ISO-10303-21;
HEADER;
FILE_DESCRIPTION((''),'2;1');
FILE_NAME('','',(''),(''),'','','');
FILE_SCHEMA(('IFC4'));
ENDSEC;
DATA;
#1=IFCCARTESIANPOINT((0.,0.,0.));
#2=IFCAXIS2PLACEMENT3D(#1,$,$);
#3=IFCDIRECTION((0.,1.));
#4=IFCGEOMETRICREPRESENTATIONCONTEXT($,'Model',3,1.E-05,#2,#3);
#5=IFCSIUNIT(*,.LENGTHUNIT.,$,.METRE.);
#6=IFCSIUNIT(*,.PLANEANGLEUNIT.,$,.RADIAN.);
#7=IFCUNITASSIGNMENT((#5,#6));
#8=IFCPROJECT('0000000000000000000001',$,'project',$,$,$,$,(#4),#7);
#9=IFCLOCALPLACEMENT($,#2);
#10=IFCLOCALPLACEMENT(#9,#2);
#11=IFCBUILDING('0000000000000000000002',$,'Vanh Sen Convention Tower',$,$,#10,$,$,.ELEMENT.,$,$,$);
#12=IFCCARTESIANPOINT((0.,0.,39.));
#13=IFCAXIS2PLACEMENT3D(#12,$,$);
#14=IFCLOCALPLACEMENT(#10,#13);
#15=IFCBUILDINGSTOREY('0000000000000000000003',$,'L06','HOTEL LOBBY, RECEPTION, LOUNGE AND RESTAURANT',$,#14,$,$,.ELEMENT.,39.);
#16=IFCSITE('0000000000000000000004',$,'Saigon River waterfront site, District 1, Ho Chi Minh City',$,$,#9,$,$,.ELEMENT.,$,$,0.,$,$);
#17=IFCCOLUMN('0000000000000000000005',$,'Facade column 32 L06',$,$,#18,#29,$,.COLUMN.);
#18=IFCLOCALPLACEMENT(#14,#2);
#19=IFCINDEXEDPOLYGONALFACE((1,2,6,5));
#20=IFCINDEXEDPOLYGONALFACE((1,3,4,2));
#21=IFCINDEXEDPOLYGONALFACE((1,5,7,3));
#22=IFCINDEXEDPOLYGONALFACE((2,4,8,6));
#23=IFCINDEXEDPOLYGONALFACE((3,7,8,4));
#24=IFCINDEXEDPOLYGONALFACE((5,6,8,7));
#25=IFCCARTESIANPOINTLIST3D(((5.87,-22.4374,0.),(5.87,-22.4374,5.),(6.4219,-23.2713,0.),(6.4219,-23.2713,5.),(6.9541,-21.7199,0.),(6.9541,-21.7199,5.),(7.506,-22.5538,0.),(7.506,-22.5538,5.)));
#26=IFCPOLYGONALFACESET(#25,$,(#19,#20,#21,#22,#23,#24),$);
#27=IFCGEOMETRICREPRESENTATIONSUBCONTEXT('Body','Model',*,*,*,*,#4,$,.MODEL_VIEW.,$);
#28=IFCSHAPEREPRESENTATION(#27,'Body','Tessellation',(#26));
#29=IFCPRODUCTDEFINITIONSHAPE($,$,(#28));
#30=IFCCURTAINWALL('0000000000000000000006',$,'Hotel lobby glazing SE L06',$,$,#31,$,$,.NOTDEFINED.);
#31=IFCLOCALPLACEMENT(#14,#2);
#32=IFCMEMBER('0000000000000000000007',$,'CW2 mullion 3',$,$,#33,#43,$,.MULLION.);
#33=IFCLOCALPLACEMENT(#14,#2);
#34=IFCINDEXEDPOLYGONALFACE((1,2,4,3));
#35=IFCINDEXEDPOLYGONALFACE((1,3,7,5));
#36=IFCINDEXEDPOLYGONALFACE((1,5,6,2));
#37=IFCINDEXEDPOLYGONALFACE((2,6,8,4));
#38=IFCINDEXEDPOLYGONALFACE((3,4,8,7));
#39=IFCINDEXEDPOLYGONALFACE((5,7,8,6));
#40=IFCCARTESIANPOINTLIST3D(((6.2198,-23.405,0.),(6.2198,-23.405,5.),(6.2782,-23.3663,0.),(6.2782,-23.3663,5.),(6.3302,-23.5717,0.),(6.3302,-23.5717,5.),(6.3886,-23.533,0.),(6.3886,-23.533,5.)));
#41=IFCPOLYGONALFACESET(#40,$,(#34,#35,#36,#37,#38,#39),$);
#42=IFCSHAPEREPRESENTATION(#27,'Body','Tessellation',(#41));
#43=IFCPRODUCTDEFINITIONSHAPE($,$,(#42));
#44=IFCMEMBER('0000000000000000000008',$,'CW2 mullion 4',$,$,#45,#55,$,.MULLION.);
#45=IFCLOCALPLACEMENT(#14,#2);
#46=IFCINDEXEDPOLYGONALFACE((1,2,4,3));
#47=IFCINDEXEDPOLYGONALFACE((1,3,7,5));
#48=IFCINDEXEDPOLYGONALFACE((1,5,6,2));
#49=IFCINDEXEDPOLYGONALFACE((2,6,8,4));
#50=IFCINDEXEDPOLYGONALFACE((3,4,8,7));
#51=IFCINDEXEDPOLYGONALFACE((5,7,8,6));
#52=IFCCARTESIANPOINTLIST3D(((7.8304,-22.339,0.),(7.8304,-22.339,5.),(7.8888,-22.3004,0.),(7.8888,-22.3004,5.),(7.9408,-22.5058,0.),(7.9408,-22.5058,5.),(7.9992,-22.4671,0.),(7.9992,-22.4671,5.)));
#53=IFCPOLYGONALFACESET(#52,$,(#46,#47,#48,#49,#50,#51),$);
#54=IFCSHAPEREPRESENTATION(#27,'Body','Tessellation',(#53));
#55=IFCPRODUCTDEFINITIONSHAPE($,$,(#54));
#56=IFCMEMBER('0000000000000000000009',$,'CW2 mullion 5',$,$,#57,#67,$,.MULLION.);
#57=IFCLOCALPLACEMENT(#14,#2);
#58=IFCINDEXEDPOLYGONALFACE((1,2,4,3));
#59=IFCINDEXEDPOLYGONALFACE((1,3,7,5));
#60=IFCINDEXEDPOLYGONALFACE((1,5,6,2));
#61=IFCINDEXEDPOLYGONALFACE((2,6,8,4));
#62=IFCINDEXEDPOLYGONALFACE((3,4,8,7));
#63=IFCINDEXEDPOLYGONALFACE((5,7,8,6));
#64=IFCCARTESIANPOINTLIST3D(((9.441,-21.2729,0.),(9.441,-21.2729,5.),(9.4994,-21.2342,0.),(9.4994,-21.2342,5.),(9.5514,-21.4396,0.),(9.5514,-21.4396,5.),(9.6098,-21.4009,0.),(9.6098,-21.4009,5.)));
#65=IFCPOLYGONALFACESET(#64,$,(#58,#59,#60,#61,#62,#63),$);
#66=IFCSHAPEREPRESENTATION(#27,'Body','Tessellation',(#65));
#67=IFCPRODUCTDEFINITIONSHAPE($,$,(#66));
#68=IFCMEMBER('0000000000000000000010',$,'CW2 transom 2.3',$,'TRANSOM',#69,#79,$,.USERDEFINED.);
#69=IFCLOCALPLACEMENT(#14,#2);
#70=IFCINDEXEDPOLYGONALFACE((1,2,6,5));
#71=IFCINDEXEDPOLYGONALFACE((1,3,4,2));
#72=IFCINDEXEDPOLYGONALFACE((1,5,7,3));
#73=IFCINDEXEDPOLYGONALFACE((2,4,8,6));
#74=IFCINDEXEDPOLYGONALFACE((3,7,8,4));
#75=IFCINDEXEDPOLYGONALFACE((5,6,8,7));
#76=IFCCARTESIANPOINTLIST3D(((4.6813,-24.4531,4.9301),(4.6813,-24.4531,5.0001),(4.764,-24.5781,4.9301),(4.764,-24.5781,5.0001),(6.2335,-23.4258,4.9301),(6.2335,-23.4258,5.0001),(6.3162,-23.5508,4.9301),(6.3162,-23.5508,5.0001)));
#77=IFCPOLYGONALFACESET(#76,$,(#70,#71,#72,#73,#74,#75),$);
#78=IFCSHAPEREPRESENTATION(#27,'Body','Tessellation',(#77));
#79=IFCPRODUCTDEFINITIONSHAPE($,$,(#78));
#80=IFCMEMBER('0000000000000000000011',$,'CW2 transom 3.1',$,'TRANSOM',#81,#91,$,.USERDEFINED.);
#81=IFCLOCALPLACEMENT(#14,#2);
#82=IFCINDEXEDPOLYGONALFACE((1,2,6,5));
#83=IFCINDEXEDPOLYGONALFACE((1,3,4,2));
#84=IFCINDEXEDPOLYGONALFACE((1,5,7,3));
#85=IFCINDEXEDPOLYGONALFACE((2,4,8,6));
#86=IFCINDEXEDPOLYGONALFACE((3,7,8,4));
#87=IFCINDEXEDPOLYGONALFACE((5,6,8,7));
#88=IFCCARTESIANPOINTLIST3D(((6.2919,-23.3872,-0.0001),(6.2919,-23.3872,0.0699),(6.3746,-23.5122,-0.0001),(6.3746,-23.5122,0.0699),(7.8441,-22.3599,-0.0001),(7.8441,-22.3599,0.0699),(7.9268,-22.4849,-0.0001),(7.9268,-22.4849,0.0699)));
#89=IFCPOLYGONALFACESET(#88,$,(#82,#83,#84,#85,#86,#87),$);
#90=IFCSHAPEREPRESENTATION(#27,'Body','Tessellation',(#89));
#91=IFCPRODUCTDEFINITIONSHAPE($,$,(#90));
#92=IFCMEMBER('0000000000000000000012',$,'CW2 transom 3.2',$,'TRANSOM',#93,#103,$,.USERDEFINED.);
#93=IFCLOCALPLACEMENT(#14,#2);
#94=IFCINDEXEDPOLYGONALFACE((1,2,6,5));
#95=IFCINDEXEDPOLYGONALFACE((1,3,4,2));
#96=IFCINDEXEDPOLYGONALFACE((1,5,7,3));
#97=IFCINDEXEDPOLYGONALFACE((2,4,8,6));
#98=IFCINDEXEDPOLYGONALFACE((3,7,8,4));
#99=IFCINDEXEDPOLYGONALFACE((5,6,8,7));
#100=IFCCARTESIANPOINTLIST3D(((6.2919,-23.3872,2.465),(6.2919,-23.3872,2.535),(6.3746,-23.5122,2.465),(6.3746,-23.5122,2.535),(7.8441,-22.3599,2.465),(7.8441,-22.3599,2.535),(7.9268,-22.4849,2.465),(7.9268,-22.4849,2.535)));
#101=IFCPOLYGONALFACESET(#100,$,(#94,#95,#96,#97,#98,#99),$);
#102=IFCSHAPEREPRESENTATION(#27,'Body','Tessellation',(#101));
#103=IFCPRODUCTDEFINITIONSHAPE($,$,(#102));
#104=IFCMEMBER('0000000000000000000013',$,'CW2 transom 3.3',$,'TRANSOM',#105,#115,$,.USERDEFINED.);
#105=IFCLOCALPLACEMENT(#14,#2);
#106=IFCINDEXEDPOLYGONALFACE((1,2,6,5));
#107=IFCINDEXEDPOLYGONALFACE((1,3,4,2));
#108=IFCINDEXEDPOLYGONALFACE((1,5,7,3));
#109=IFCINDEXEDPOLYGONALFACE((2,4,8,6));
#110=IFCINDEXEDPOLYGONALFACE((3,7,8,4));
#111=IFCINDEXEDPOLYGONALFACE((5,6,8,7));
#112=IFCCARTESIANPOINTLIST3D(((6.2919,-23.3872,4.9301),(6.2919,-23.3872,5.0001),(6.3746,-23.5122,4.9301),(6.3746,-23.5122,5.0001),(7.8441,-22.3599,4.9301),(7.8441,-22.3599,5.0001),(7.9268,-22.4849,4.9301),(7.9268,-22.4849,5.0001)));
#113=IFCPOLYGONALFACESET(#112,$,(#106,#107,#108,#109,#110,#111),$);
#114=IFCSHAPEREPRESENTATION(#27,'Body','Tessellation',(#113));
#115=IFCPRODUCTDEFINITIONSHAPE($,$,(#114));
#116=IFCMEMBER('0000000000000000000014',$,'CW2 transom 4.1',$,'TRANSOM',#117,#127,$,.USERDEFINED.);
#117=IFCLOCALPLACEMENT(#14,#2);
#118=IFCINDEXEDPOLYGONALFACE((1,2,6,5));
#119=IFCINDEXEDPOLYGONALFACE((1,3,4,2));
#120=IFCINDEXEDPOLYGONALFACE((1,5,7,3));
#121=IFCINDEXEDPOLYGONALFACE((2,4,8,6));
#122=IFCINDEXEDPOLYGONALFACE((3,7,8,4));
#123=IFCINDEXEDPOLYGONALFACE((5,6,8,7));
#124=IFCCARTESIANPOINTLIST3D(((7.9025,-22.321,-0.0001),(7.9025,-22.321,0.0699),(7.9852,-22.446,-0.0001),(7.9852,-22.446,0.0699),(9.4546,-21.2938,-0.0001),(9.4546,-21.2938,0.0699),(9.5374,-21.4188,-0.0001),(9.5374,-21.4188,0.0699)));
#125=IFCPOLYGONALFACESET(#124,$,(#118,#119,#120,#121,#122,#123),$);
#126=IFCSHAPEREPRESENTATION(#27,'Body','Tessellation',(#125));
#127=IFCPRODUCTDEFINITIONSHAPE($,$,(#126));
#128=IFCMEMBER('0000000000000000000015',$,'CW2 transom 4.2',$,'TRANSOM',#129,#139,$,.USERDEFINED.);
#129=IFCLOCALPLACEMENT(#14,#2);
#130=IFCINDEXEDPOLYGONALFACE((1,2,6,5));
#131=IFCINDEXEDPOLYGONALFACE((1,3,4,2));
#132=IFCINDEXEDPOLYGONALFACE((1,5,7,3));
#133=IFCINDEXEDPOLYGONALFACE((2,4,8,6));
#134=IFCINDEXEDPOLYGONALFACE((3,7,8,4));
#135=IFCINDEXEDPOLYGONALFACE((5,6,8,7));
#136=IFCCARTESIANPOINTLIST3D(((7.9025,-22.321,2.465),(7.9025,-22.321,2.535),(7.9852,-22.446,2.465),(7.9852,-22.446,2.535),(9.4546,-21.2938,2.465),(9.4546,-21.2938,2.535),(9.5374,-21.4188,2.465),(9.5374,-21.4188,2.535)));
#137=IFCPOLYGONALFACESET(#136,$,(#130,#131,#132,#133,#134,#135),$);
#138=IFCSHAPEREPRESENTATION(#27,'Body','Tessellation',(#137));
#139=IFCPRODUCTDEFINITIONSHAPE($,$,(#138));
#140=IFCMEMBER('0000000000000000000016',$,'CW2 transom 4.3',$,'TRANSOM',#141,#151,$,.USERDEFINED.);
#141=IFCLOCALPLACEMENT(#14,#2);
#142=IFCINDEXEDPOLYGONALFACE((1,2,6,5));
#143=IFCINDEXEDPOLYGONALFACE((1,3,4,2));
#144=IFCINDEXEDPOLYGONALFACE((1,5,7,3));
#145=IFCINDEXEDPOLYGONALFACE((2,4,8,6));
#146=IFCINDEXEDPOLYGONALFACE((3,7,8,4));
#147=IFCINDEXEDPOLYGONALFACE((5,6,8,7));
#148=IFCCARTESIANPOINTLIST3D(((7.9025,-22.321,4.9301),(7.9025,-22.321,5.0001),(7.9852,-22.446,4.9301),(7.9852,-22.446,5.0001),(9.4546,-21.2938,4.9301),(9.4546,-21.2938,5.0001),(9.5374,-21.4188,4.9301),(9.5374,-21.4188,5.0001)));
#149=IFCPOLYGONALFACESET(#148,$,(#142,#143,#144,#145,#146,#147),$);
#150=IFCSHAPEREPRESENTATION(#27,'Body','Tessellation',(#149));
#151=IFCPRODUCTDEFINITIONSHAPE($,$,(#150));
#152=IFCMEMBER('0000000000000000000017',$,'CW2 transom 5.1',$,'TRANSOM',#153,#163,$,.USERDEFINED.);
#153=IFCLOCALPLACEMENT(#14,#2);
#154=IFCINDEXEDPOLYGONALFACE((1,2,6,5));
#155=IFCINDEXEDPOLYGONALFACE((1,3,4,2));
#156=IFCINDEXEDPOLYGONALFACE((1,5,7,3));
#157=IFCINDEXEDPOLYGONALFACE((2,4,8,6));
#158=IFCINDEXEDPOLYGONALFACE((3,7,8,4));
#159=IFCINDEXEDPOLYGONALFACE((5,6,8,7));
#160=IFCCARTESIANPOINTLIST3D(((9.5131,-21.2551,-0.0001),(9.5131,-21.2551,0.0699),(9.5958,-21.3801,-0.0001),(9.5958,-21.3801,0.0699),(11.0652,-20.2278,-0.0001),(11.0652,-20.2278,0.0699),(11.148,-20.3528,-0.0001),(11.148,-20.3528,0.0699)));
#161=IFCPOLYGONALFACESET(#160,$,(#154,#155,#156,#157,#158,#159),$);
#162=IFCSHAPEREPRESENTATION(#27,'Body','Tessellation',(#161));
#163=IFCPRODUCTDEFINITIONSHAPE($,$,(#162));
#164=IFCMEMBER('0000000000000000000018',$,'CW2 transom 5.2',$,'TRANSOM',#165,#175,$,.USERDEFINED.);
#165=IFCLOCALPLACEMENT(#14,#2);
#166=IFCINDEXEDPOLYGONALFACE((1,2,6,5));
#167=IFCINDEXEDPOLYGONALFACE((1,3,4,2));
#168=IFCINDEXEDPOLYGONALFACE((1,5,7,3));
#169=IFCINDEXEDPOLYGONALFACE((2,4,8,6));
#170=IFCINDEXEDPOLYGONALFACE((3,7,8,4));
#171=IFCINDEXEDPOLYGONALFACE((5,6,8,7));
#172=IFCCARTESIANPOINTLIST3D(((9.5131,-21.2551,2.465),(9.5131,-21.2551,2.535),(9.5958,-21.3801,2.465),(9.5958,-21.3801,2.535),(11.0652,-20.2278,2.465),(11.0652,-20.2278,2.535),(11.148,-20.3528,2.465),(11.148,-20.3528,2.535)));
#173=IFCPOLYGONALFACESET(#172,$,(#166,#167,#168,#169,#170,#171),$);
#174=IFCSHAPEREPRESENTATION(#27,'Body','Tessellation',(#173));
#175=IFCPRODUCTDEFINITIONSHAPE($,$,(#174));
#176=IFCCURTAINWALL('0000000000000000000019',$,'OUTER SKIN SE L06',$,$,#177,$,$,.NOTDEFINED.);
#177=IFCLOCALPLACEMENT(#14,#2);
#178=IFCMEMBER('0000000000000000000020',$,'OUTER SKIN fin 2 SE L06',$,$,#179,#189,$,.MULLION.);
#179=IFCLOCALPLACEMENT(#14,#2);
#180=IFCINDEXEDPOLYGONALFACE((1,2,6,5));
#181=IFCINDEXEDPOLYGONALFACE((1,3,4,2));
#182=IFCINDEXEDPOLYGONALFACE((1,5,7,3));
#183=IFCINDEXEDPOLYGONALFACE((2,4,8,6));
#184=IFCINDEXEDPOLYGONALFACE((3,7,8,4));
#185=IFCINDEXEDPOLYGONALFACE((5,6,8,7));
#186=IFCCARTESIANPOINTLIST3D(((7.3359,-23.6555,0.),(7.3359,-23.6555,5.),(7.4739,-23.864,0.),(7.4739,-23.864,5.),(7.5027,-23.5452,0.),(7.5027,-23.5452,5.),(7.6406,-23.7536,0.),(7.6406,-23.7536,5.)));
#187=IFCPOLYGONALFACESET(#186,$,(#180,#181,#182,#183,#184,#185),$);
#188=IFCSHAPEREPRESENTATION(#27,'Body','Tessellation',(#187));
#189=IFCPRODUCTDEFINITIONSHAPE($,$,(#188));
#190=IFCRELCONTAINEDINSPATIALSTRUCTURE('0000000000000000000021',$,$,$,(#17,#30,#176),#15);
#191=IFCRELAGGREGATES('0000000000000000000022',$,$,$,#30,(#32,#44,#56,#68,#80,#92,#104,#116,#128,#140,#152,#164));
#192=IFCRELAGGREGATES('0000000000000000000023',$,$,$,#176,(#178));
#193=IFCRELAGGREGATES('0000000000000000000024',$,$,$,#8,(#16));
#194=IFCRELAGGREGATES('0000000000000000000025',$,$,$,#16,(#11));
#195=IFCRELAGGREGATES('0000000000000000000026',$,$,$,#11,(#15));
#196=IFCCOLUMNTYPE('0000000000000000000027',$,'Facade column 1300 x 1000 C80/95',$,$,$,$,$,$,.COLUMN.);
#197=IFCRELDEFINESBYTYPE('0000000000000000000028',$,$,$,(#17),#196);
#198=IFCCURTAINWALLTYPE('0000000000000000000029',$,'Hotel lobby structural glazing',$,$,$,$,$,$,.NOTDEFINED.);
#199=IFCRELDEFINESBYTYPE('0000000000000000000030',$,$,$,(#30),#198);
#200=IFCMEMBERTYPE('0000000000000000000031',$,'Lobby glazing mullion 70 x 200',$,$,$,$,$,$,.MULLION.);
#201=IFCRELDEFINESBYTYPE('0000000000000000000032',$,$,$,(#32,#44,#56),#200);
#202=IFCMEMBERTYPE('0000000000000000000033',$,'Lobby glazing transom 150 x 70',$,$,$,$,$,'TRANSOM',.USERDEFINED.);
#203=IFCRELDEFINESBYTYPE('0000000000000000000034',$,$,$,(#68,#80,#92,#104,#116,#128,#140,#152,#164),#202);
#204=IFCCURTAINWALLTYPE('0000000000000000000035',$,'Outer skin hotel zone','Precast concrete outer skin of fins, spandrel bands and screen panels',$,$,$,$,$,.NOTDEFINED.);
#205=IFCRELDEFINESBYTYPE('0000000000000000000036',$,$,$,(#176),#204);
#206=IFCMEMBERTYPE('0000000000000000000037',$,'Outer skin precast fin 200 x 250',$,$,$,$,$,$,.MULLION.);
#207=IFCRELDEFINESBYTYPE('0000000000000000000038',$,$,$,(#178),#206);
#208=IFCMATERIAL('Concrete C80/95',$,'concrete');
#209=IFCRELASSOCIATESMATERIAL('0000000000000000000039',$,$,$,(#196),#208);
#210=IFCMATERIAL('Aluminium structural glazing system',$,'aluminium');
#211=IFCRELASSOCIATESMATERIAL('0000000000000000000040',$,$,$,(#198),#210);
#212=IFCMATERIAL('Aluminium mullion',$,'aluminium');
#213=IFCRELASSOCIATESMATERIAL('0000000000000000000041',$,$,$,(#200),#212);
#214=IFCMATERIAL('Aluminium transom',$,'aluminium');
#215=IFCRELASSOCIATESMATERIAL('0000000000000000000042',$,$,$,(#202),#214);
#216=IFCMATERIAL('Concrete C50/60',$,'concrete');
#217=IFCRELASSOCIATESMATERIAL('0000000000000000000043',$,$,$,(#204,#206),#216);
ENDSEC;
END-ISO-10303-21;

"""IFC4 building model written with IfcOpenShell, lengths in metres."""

from ifc_helpers import new_model, si_unit, direction, frame, origin, origin_2d, place, context, subcontext, project, spatial, rectangle, extrude, material, material_profile, profile_set, type_object, element, aggregate, save


model = new_model("IFC4")

# Units and contexts
model_context = context("Model", 3, precision=1e-05, world=origin(), true_north=direction((0.0, 1.0)))
body_context = subcontext(model_context, "Body", "Model", "MODEL_VIEW")
ifc_project = project(units=[si_unit("LENGTHUNIT", "METRE"), si_unit("PLANEANGLEUNIT", "RADIAN")], contexts=[model_context])

# Site, building, storey
site_placement = place(None, origin())
site = spatial("IfcSite", under=ifc_project, at=site_placement, Name="Saigon River waterfront site, District 1, Ho Chi Minh City", CompositionType="ELEMENT", RefElevation=0.0)
building_placement = place(site_placement, origin())
building = spatial("IfcBuilding", under=site, at=building_placement, Name="Vanh Sen Convention Tower", CompositionType="ELEMENT")
storey_placement = place(building_placement, frame((0.0, 0.0, 39.0)))
storey = spatial("IfcBuildingStorey", under=building, at=storey_placement, Name="L06", Description="HOTEL LOBBY, RECEPTION, LOUNGE AND RESTAURANT", CompositionType="ELEMENT", Elevation=39.0)

# Column
ifc_material_1 = material(Name="Concrete C80/95", Category="concrete")
ifc_material_profile_1 = material_profile(ifc_material_1, rectangle(XDim=1.3, YDim=1.0, at=origin_2d()), Name="RC 1300X1000")
ifc_profile_set_1 = profile_set([ifc_material_profile_1], Name="Concrete C80/95")
column_type = type_object("IfcColumnType", Name="Facade column 1300 x 1000 C80/95", PredefinedType="COLUMN", material=ifc_profile_set_1)
column_placement = place(storey_placement, frame((6.688, -22.4956, 0.0), z_axis=(0.0, 0.0, 1.0), x_axis=(0.833886, 0.551937, 0.0)))
element("IfcColumn", 1, at=column_placement, inside=storey, type_object=column_type, Name="Facade column 32 L06", PredefinedType="COLUMN", context=body_context, shape_type="SweptSolid", body=[
    extrude(rectangle(XDim=1.3, YDim=1.0, at=origin_2d()), origin(), (0.0, 0.0, 1.0), 5.0),
])

# Curtain wall, members
ifc_material_2 = material(Name="Aluminium structural glazing system", Category="aluminium")
curtain_wall_type_1 = type_object("IfcCurtainWallType", Name="Hotel lobby structural glazing", PredefinedType="NOTDEFINED", material=ifc_material_2)
curtain_wall_1_placement = place(storey_placement, origin())
curtain_wall_1 = element("IfcCurtainWall", 2, at=curtain_wall_1_placement, inside=storey, type_object=curtain_wall_type_1, Name="Hotel lobby glazing SE L06", PredefinedType="NOTDEFINED")
ifc_material_3 = material(Name="Aluminium mullion", Category="aluminium")
ifc_material_profile_2 = material_profile(ifc_material_3, rectangle(XDim=0.2, YDim=0.0701, at=origin_2d()), Name="Lobby glazing mullion 70 x 200")
ifc_profile_set_2 = profile_set([ifc_material_profile_2], Name="Aluminium mullion")
member_type_1 = type_object("IfcMemberType", Name="Lobby glazing mullion 70 x 200", PredefinedType="MULLION", material=ifc_profile_set_2)
member_1_placement = place(storey_placement, frame((6.3042, -23.469, 0.0), z_axis=(0.0, 0.0, 1.0), x_axis=(-0.551937, 0.833886, 0.0)))
member_1 = element("IfcMember", 3, at=member_1_placement, type_object=member_type_1, Name="CW2 mullion 3", PredefinedType="MULLION", context=body_context, shape_type="SweptSolid", body=[
    extrude(rectangle(XDim=0.2, YDim=0.0701, at=origin_2d()), origin(), (0.0, 0.0, 1.0), 5.0),
])
member_2_placement = place(storey_placement, frame((7.9148, -22.4031, 0.0), z_axis=(0.0, 0.0, 1.0), x_axis=(-0.551937, 0.833886, 0.0)))
member_2 = element("IfcMember", 4, at=member_2_placement, type_object=member_type_1, Name="CW2 mullion 4", PredefinedType="MULLION", context=body_context, shape_type="SweptSolid", body=[
    extrude(rectangle(XDim=0.2, YDim=0.0701, at=origin_2d()), origin(), (0.0, 0.0, 1.0), 5.0),
])
member_3_placement = place(storey_placement, frame((9.5254, -21.3369, 0.0), z_axis=(0.0, 0.0, 1.0), x_axis=(-0.551937, 0.833886, 0.0)))
member_3 = element("IfcMember", 5, at=member_3_placement, type_object=member_type_1, Name="CW2 mullion 5", PredefinedType="MULLION", context=body_context, shape_type="SweptSolid", body=[
    extrude(rectangle(XDim=0.2, YDim=0.0701, at=origin_2d()), origin(), (0.0, 0.0, 1.0), 5.0),
])
ifc_material_4 = material(Name="Aluminium transom", Category="aluminium")
ifc_material_profile_3 = material_profile(ifc_material_4, rectangle(XDim=0.1499, YDim=0.0701, at=origin_2d()), Name="Lobby glazing transom 150 x 70")
ifc_profile_set_3 = profile_set([ifc_material_profile_3], Name="Aluminium transom")
member_type_2 = type_object("IfcMemberType", Name="Lobby glazing transom 150 x 70", ElementType="TRANSOM", PredefinedType="USERDEFINED", material=ifc_profile_set_3)
member_4_placement = place(storey_placement, frame((4.7227, -24.5156, 4.9651), z_axis=(0.833902, 0.551913, 0.0), x_axis=(-0.551913, 0.833902, 0.0)))
member_4 = element("IfcMember", 6, at=member_4_placement, type_object=member_type_2, Name="CW2 transom 2.3", ObjectType="TRANSOM", PredefinedType="USERDEFINED", context=body_context, shape_type="SweptSolid", body=[
    extrude(rectangle(XDim=0.1499, YDim=0.0701, at=origin_2d()), origin(), (0.0, 0.0, 1.0), 1.8613),
])
member_5_placement = place(storey_placement, frame((6.3333, -23.4497, 0.0349), z_axis=(0.833902, 0.551913, 0.0), x_axis=(-0.551913, 0.833902, 0.0)))
member_5 = element("IfcMember", 7, at=member_5_placement, type_object=member_type_2, Name="CW2 transom 3.1", ObjectType="TRANSOM", PredefinedType="USERDEFINED", context=body_context, shape_type="SweptSolid", body=[
    extrude(rectangle(XDim=0.1499, YDim=0.0701, at=origin_2d()), origin(), (0.0, 0.0, 1.0), 1.8613),
])
member_6_placement = place(storey_placement, frame((6.3333, -23.4497, 2.5), z_axis=(0.833902, 0.551913, 0.0), x_axis=(-0.551913, 0.833902, 0.0)))
member_6 = element("IfcMember", 8, at=member_6_placement, type_object=member_type_2, Name="CW2 transom 3.2", ObjectType="TRANSOM", PredefinedType="USERDEFINED", context=body_context, shape_type="SweptSolid", body=[
    extrude(rectangle(XDim=0.1499, YDim=0.0701, at=origin_2d()), origin(), (0.0, 0.0, 1.0), 1.8613),
])
member_7_placement = place(storey_placement, frame((6.3333, -23.4497, 4.9651), z_axis=(0.833902, 0.551913, 0.0), x_axis=(-0.551913, 0.833902, 0.0)))
member_7 = element("IfcMember", 9, at=member_7_placement, type_object=member_type_2, Name="CW2 transom 3.3", ObjectType="TRANSOM", PredefinedType="USERDEFINED", context=body_context, shape_type="SweptSolid", body=[
    extrude(rectangle(XDim=0.1499, YDim=0.0701, at=origin_2d()), origin(), (0.0, 0.0, 1.0), 1.8613),
])
member_8_placement = place(storey_placement, frame((7.9438, -22.3835, 0.0349), z_axis=(0.833902, 0.551913, 0.0), x_axis=(-0.551913, 0.833902, 0.0)))
member_8 = element("IfcMember", 10, at=member_8_placement, type_object=member_type_2, Name="CW2 transom 4.1", ObjectType="TRANSOM", PredefinedType="USERDEFINED", context=body_context, shape_type="SweptSolid", body=[
    extrude(rectangle(XDim=0.1499, YDim=0.0701, at=origin_2d()), origin(), (0.0, 0.0, 1.0), 1.8613),
])
member_9_placement = place(storey_placement, frame((7.9438, -22.3835, 2.5), z_axis=(0.833902, 0.551913, 0.0), x_axis=(-0.551913, 0.833902, 0.0)))
member_9 = element("IfcMember", 11, at=member_9_placement, type_object=member_type_2, Name="CW2 transom 4.2", ObjectType="TRANSOM", PredefinedType="USERDEFINED", context=body_context, shape_type="SweptSolid", body=[
    extrude(rectangle(XDim=0.1499, YDim=0.0701, at=origin_2d()), origin(), (0.0, 0.0, 1.0), 1.8613),
])
member_10_placement = place(storey_placement, frame((7.9438, -22.3835, 4.9651), z_axis=(0.833902, 0.551913, 0.0), x_axis=(-0.551913, 0.833902, 0.0)))
member_10 = element("IfcMember", 12, at=member_10_placement, type_object=member_type_2, Name="CW2 transom 4.3", ObjectType="TRANSOM", PredefinedType="USERDEFINED", context=body_context, shape_type="SweptSolid", body=[
    extrude(rectangle(XDim=0.1499, YDim=0.0701, at=origin_2d()), origin(), (0.0, 0.0, 1.0), 1.8613),
])
member_11_placement = place(storey_placement, frame((9.5544, -21.3176, 0.0349), z_axis=(0.833902, 0.551913, 0.0), x_axis=(-0.551913, 0.833902, 0.0)))
member_11 = element("IfcMember", 13, at=member_11_placement, type_object=member_type_2, Name="CW2 transom 5.1", ObjectType="TRANSOM", PredefinedType="USERDEFINED", context=body_context, shape_type="SweptSolid", body=[
    extrude(rectangle(XDim=0.1499, YDim=0.0701, at=origin_2d()), origin(), (0.0, 0.0, 1.0), 1.8613),
])
member_12_placement = place(storey_placement, frame((9.5544, -21.3176, 2.5), z_axis=(0.833902, 0.551913, 0.0), x_axis=(-0.551913, 0.833902, 0.0)))
member_12 = element("IfcMember", 14, at=member_12_placement, type_object=member_type_2, Name="CW2 transom 5.2", ObjectType="TRANSOM", PredefinedType="USERDEFINED", context=body_context, shape_type="SweptSolid", body=[
    extrude(rectangle(XDim=0.1499, YDim=0.0701, at=origin_2d()), origin(), (0.0, 0.0, 1.0), 1.8613),
])

# Curtain wall, member
ifc_material_5 = material(Name="Concrete C50/60", Category="concrete")
curtain_wall_type_2 = type_object("IfcCurtainWallType", Name="Outer skin hotel zone", Description="Precast concrete outer skin of fins, spandrel bands and screen panels", PredefinedType="NOTDEFINED", material=ifc_material_5)
curtain_wall_2_placement = place(storey_placement, origin())
curtain_wall_2 = element("IfcCurtainWall", 15, at=curtain_wall_2_placement, inside=storey, type_object=curtain_wall_type_2, Name="OUTER SKIN SE L06", PredefinedType="NOTDEFINED")
ifc_material_profile_4 = material_profile(ifc_material_5, rectangle(XDim=0.2, YDim=0.25, at=origin_2d()), Name="Outer skin precast fin 200 x 250")
ifc_profile_set_4 = profile_set([ifc_material_profile_4], Name="Concrete C50/60")
member_type_3 = type_object("IfcMemberType", Name="Outer skin precast fin 200 x 250", PredefinedType="MULLION", material=ifc_profile_set_4)
member_13_placement = place(storey_placement, frame((7.4883, -23.7046, 0.0), z_axis=(0.0, 0.0, 1.0), x_axis=(0.833886, 0.551937, 0.0)))
member_13 = element("IfcMember", 16, at=member_13_placement, type_object=member_type_3, Name="OUTER SKIN fin 2 SE L06", PredefinedType="MULLION", context=body_context, shape_type="SweptSolid", body=[
    extrude(rectangle(XDim=0.2, YDim=0.25, at=origin_2d()), origin(), (0.0, 0.0, 1.0), 5.0),
])

aggregate(curtain_wall_1, [member_1, member_2, member_3, member_4, member_5, member_6, member_7, member_8, member_9, member_10, member_11, member_12])
aggregate(curtain_wall_2, [member_13])

save(model, "model.ifc")
